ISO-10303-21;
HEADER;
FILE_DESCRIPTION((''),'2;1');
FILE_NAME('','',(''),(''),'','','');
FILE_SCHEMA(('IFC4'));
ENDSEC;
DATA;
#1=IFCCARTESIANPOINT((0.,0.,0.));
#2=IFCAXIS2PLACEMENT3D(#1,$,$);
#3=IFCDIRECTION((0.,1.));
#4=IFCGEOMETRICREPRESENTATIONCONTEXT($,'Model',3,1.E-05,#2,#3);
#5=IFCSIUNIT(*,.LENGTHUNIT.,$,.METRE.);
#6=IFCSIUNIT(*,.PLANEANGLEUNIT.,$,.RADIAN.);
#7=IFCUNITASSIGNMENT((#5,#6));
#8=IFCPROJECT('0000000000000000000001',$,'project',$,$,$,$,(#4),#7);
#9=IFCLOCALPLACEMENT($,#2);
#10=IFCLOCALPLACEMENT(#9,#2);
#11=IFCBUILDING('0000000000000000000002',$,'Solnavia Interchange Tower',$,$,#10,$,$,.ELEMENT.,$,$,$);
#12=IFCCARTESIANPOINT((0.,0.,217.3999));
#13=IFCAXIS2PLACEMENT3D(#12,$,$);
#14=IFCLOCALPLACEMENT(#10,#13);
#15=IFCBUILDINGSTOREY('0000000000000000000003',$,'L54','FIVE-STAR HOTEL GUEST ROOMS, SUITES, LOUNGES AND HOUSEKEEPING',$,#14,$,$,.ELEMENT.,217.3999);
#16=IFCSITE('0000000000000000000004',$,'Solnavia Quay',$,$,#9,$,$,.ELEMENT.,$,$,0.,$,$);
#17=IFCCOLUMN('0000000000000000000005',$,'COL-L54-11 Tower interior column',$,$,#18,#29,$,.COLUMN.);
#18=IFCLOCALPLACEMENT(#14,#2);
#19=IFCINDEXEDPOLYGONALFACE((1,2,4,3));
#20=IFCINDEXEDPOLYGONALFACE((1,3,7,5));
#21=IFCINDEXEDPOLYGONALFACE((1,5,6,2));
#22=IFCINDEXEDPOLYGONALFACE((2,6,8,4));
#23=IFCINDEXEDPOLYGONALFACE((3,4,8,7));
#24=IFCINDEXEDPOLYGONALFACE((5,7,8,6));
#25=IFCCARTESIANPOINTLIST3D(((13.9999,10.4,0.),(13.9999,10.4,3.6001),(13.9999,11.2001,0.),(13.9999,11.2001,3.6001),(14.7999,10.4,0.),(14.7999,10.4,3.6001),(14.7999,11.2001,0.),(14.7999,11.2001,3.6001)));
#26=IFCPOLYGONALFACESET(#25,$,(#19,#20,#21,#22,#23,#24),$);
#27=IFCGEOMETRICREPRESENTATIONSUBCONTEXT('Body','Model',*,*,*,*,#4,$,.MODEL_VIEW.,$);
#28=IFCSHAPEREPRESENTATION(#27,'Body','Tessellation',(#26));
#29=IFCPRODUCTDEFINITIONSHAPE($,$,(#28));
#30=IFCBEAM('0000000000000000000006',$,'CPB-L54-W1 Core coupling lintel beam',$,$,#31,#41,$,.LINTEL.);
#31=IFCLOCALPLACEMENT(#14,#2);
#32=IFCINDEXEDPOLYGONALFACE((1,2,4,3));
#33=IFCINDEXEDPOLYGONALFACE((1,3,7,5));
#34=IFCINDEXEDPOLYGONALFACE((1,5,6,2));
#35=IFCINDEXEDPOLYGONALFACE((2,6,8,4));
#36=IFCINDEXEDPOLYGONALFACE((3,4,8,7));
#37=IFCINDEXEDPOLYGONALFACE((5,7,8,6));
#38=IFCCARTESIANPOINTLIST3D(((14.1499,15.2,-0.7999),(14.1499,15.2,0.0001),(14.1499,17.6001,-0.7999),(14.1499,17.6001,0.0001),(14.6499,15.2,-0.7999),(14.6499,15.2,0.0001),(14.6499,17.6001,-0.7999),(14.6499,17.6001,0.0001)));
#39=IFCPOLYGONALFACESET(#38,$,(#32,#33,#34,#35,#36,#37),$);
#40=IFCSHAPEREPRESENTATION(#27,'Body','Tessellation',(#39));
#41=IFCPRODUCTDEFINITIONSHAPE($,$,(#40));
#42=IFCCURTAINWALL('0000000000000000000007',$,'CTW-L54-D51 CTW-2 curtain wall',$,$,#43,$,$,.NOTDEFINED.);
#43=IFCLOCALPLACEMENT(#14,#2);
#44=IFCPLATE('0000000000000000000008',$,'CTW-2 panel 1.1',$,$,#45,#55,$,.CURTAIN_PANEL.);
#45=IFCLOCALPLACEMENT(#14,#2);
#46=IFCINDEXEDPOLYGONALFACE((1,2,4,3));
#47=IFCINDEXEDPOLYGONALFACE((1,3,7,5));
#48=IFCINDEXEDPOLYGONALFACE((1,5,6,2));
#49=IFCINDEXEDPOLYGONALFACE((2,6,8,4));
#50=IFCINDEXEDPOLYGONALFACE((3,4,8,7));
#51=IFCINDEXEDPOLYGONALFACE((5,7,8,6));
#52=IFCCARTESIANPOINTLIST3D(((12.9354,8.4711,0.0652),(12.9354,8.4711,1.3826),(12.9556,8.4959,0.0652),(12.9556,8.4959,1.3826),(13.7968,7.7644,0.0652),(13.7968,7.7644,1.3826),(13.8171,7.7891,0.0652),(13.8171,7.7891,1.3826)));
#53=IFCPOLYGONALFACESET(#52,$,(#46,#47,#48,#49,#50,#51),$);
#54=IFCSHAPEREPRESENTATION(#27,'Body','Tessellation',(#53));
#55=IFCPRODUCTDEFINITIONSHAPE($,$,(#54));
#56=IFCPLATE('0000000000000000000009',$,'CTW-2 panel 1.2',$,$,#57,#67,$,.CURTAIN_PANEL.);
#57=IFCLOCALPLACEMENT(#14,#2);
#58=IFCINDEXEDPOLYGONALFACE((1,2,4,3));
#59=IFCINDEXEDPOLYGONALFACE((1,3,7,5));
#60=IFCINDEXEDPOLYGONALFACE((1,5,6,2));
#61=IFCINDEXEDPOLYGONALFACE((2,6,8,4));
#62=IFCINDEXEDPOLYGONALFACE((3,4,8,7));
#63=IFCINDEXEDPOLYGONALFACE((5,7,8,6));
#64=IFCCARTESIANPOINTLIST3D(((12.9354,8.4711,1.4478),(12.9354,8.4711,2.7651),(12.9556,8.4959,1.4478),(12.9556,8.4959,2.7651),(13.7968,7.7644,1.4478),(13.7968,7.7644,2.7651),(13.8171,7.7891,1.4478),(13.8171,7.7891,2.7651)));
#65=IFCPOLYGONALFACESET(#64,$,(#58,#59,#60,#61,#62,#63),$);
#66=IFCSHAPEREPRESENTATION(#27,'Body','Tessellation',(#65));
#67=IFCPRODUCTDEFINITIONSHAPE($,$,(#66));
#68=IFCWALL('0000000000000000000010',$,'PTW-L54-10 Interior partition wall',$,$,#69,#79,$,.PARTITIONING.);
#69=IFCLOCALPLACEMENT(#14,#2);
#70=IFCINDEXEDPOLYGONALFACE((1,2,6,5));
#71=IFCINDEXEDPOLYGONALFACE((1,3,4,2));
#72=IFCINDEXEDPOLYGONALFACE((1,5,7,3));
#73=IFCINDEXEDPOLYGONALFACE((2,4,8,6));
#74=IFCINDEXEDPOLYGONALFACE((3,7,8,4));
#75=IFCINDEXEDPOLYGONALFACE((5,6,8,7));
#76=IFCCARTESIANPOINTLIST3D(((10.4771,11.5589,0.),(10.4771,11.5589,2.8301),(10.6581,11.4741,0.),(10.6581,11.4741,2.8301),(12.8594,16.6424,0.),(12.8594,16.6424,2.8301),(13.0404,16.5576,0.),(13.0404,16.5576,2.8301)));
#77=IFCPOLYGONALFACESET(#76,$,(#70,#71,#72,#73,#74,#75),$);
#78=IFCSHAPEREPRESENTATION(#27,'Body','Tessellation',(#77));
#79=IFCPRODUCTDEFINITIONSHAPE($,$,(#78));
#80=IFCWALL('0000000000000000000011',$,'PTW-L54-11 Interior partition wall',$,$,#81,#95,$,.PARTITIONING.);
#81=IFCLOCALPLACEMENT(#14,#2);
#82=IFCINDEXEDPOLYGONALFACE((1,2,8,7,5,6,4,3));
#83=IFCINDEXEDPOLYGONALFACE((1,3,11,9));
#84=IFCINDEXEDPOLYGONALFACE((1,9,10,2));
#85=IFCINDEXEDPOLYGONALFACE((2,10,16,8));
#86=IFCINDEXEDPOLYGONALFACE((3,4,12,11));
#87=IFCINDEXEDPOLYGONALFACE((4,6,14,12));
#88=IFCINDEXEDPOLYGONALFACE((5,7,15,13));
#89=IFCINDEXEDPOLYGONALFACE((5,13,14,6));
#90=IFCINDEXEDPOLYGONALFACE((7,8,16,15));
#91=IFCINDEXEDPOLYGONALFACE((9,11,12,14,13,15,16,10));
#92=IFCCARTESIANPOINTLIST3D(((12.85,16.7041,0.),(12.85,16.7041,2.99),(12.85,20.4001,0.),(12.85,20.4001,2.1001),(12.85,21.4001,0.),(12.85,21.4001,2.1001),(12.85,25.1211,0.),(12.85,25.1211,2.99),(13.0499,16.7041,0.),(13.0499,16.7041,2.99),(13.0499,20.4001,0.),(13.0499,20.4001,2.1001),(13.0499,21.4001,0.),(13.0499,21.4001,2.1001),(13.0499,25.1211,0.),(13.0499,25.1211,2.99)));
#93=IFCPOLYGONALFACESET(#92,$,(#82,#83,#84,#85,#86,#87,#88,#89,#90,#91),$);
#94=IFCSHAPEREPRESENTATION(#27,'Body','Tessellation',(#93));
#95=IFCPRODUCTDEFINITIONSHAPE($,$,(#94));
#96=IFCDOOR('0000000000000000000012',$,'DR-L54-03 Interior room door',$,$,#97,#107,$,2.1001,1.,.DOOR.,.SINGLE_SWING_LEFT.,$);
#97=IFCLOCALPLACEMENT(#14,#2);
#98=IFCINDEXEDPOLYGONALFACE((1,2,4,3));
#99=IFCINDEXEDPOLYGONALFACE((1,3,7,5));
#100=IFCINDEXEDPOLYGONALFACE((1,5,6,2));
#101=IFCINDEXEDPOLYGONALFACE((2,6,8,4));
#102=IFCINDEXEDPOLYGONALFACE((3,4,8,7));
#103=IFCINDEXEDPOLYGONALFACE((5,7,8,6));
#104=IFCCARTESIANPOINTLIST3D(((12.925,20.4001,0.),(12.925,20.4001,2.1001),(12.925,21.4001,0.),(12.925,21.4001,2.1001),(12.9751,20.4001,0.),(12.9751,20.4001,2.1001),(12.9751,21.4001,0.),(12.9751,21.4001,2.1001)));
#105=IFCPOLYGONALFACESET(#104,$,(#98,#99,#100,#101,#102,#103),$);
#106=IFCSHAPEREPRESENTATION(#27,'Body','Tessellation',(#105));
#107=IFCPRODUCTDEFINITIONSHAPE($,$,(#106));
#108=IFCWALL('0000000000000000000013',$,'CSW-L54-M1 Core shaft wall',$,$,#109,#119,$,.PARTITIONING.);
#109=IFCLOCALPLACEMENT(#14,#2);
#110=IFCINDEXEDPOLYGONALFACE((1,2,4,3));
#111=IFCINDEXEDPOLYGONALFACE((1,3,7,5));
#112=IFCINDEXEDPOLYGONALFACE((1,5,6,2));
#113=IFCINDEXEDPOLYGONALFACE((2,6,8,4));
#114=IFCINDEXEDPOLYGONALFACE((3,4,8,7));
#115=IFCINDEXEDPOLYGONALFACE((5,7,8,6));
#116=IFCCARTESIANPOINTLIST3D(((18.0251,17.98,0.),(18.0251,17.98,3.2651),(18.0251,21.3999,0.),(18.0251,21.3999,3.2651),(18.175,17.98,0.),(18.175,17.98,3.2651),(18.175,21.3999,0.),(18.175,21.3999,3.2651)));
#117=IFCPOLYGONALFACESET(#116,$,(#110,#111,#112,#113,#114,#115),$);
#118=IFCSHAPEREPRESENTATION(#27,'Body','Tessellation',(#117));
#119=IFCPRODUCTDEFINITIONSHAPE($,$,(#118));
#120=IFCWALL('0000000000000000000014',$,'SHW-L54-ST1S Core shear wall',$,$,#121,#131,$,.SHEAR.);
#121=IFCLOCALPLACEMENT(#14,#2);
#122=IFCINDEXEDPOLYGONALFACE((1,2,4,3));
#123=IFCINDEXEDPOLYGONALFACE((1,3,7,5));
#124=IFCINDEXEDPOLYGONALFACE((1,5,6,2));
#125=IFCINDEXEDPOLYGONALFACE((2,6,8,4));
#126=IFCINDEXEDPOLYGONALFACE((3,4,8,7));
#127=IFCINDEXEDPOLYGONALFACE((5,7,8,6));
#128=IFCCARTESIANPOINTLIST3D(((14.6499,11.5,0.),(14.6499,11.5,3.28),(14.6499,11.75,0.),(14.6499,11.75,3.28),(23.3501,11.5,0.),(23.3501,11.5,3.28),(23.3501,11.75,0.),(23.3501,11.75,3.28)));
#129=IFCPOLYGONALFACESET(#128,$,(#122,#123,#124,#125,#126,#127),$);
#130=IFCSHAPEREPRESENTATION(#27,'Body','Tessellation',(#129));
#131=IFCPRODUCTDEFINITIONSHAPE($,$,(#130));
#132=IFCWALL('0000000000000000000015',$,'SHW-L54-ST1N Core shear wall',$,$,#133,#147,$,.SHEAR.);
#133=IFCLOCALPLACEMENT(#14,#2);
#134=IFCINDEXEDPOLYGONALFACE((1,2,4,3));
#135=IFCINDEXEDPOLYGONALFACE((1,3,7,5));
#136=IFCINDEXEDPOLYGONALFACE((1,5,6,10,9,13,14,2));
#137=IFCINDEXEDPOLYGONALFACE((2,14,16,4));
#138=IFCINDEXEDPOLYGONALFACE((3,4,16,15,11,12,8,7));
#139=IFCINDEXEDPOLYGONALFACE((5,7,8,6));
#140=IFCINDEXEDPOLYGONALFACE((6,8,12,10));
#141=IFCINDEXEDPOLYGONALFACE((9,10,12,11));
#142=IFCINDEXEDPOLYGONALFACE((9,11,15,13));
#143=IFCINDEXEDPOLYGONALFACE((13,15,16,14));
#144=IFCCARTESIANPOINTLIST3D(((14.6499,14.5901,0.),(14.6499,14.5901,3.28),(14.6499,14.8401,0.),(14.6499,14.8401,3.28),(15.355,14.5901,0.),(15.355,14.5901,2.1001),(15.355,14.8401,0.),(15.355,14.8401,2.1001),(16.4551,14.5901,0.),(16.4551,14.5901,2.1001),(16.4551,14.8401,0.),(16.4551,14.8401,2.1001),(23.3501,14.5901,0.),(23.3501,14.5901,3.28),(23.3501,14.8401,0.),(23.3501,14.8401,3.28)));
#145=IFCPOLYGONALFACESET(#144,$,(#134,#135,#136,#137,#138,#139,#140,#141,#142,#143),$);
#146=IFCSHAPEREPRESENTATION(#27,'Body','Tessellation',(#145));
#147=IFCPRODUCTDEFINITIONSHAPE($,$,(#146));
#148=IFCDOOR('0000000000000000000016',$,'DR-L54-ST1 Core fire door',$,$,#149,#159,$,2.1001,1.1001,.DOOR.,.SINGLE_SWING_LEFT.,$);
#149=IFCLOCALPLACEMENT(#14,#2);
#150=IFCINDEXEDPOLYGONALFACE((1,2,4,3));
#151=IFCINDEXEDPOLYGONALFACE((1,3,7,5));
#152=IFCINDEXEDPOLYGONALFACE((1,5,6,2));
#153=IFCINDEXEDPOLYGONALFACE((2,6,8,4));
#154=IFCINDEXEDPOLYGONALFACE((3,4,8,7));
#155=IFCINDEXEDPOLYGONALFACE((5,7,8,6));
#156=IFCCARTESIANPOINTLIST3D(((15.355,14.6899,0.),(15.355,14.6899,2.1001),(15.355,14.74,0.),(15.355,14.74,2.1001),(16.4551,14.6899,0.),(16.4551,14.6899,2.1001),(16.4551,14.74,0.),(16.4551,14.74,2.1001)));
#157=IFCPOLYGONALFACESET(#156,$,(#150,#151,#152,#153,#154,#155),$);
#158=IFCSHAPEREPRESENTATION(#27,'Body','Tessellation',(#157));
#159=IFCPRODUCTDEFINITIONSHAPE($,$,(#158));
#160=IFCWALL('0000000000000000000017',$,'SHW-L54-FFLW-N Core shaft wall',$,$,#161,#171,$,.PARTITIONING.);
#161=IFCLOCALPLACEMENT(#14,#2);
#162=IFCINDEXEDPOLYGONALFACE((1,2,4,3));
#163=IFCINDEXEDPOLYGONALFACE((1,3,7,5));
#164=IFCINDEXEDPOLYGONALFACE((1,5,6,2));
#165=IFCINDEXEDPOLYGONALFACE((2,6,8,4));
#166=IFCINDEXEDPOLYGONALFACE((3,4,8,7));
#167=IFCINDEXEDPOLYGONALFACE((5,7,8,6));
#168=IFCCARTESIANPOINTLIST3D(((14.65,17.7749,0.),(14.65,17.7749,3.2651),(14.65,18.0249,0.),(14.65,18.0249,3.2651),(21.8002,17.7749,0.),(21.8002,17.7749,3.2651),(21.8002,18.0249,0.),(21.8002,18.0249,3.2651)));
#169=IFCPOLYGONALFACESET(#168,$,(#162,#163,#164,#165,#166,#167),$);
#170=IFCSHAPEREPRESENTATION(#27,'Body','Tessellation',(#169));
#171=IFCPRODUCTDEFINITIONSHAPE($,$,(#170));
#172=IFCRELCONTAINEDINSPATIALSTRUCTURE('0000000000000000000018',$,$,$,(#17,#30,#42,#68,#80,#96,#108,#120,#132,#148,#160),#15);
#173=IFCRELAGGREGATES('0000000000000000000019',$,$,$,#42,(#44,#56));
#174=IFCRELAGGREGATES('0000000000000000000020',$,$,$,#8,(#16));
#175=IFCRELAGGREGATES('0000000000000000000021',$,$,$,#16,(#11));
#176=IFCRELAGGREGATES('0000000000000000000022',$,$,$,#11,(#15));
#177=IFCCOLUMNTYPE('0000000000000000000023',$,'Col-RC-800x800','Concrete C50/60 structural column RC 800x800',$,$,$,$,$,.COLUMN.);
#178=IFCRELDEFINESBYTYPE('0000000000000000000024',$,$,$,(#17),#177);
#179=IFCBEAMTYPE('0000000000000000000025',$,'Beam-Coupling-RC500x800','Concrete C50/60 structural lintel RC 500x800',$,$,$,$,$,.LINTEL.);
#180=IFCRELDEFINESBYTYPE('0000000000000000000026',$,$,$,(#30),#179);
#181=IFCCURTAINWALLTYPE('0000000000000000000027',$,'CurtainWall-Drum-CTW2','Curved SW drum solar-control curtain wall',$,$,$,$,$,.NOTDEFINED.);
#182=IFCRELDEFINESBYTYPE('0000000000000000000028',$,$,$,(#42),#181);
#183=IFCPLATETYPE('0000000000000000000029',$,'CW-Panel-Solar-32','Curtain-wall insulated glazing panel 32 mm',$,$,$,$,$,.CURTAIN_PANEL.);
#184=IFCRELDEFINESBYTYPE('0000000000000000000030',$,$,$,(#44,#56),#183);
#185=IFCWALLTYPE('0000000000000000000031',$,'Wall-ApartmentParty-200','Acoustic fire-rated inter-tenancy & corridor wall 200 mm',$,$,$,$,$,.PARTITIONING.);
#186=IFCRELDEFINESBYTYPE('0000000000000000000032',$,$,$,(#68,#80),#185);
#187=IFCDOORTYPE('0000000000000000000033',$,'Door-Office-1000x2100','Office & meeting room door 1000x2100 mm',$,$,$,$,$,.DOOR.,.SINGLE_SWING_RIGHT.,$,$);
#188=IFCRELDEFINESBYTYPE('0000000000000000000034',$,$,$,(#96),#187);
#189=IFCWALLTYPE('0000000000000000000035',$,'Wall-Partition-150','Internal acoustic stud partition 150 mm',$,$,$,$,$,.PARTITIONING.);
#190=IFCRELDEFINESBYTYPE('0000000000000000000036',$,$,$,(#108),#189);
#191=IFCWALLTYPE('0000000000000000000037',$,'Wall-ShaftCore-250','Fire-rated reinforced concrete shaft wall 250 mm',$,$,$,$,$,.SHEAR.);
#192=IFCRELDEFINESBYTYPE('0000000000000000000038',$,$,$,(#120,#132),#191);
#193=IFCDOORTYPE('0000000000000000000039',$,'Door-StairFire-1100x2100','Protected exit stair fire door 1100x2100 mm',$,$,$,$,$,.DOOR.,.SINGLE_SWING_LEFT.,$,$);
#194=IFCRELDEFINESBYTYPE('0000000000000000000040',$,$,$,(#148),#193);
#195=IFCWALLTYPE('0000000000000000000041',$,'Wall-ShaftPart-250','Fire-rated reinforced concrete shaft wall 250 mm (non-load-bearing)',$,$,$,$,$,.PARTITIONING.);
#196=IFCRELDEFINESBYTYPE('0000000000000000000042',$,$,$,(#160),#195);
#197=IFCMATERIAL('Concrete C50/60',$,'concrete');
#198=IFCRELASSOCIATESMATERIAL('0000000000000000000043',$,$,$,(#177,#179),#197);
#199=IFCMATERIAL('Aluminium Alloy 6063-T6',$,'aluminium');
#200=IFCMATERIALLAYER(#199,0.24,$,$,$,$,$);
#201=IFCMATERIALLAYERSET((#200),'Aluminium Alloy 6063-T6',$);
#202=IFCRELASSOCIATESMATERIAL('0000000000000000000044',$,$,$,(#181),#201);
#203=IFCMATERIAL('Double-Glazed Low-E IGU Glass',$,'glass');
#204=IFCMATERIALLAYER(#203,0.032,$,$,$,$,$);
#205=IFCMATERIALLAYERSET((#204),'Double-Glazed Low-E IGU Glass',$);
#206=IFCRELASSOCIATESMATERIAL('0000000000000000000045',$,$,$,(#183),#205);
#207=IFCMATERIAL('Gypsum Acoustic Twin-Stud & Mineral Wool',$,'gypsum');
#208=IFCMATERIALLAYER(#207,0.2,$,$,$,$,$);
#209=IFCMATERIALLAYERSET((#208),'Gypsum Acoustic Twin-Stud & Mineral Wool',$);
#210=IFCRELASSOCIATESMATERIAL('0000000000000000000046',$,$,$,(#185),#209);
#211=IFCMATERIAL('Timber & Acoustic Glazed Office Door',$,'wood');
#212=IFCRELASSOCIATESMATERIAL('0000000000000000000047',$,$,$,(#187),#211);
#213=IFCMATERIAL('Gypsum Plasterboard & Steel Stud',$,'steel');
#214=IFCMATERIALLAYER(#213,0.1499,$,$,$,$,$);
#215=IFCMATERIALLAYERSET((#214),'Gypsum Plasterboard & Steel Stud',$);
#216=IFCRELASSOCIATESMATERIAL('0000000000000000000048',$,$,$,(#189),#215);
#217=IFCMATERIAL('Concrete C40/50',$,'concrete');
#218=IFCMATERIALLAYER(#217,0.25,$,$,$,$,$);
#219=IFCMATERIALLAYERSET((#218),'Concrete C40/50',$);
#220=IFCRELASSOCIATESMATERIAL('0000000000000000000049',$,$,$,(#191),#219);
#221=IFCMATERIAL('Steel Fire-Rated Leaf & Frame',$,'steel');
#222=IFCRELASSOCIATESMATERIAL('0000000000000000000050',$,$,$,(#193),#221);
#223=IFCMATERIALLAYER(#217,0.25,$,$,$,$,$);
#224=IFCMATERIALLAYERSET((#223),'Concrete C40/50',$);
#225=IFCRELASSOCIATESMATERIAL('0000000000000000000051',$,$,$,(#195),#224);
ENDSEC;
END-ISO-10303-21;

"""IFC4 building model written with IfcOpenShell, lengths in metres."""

from ifc_helpers import new_model, si_unit, direction, frame, frame_2d, origin, origin_2d, place, context, subcontext, project, spatial, rectangle, extrude, material, layer, layer_set, material_profile, profile_set, type_object, element, fill, aggregate, save


model = new_model("IFC4")

# Units and contexts
model_context = context("Model", 3, precision=1e-05, world=origin(), true_north=direction((0.0, 1.0)))
body_context = subcontext(model_context, "Body", "Model", "MODEL_VIEW")
ifc_project = project(units=[si_unit("LENGTHUNIT", "METRE"), si_unit("PLANEANGLEUNIT", "RADIAN")], contexts=[model_context])

# Site, building, storey
site_placement = place(None, origin())
site = spatial("IfcSite", under=ifc_project, at=site_placement, Name="Solnavia Quay", CompositionType="ELEMENT", RefElevation=0.0)
building_placement = place(site_placement, origin())
building = spatial("IfcBuilding", under=site, at=building_placement, Name="Solnavia Interchange Tower", CompositionType="ELEMENT")
storey_placement = place(building_placement, frame((0.0, 0.0, 217.3999)))
storey = spatial("IfcBuildingStorey", under=building, at=storey_placement, Name="L54", Description="FIVE-STAR HOTEL GUEST ROOMS, SUITES, LOUNGES AND HOUSEKEEPING", CompositionType="ELEMENT", Elevation=217.3999)

# Column
ifc_material_1 = material(Name="Concrete C50/60", Category="concrete")
ifc_material_profile_1 = material_profile(ifc_material_1, rectangle(XDim=0.8, YDim=0.8, at=origin_2d()), Name="RC 800x800")
ifc_profile_set_1 = profile_set([ifc_material_profile_1], Name="Concrete C50/60")
column_type = type_object("IfcColumnType", Name="Col-RC-800x800", Description="Concrete C50/60 structural column RC 800x800", PredefinedType="COLUMN", material=ifc_profile_set_1)
column_placement = place(storey_placement, frame((14.3999, 10.8, 0.0), z_axis=(0.0, 0.0, 1.0), x_axis=(1.0, 0.0, 0.0)))
element("IfcColumn", 1, at=column_placement, inside=storey, type_object=column_type, Name="COL-L54-11 Tower interior column", PredefinedType="COLUMN", context=body_context, shape_type="SweptSolid", body=[
    extrude(rectangle(XDim=0.8, YDim=0.8, at=origin_2d()), origin(), (0.0, 0.0, 1.0), 3.6001),
])

# Beam
ifc_material_profile_2 = material_profile(ifc_material_1, rectangle(XDim=0.5, YDim=0.8, at=origin_2d()), Name="RC 500x800")
ifc_profile_set_2 = profile_set([ifc_material_profile_2], Name="Concrete C50/60")
beam_type = type_object("IfcBeamType", Name="Beam-Coupling-RC500x800", Description="Concrete C50/60 structural lintel RC 500x800", PredefinedType="LINTEL", material=ifc_profile_set_2)
beam_placement = place(storey_placement, frame((14.3999, 15.2, -0.3999), z_axis=(0.0, 1.0, 0.0), x_axis=(-1.0, 0.0, 0.0)))
element("IfcBeam", 2, at=beam_placement, inside=storey, type_object=beam_type, Name="CPB-L54-W1 Core coupling lintel beam", PredefinedType="LINTEL", context=body_context, shape_type="SweptSolid", body=[
    extrude(rectangle(XDim=0.5, YDim=0.8, at=origin_2d()), origin(), (0.0, 0.0, 1.0), 2.4001),
])

# Curtain wall, plates
ifc_material_2 = material(Name="Aluminium Alloy 6063-T6", Category="aluminium")
ifc_layer_1 = layer(ifc_material_2, 0.24)
ifc_layer_set_1 = layer_set([ifc_layer_1], Name="Aluminium Alloy 6063-T6")
curtain_wall_type = type_object("IfcCurtainWallType", Name="CurtainWall-Drum-CTW2", Description="Curved SW drum solar-control curtain wall", PredefinedType="NOTDEFINED", material=ifc_layer_set_1)
curtain_wall_placement = place(storey_placement, origin())
curtain_wall = element("IfcCurtainWall", 3, at=curtain_wall_placement, inside=storey, type_object=curtain_wall_type, Name="CTW-L54-D51 CTW-2 curtain wall", PredefinedType="NOTDEFINED")
ifc_material_3 = material(Name="Double-Glazed Low-E IGU Glass", Category="glass")
ifc_layer_2 = layer(ifc_material_3, 0.032)
ifc_layer_set_2 = layer_set([ifc_layer_2], Name="Double-Glazed Low-E IGU Glass")
plate_type = type_object("IfcPlateType", Name="CW-Panel-Solar-32", Description="Curtain-wall insulated glazing panel 32 mm", PredefinedType="CURTAIN_PANEL", material=ifc_layer_set_2)
plate_1_placement = place(storey_placement, frame((13.3762, 8.1301, 0.0652), z_axis=(0.0, 0.0, 1.0), x_axis=(0.773103, -0.63428, 0.0)))
plate_1 = element("IfcPlate", 4, at=plate_1_placement, type_object=plate_type, Name="CTW-2 panel 1.1", PredefinedType="CURTAIN_PANEL", context=body_context, shape_type="SweptSolid", body=[
    extrude(rectangle(XDim=1.1143, YDim=0.032, at=origin_2d()), origin(), (0.0, 0.0, 1.0), 1.3174),
])
plate_2_placement = place(storey_placement, frame((13.3762, 8.1301, 1.4478), z_axis=(0.0, 0.0, 1.0), x_axis=(0.773103, -0.63428, 0.0)))
plate_2 = element("IfcPlate", 5, at=plate_2_placement, type_object=plate_type, Name="CTW-2 panel 1.2", PredefinedType="CURTAIN_PANEL", context=body_context, shape_type="SweptSolid", body=[
    extrude(rectangle(XDim=1.1143, YDim=0.032, at=origin_2d()), origin(), (0.0, 0.0, 1.0), 1.3174),
])
aggregate(curtain_wall, [plate_1, plate_2])

# Wall
ifc_material_4 = material(Name="Gypsum Acoustic Twin-Stud & Mineral Wool", Category="gypsum")
ifc_layer_3 = layer(ifc_material_4, 0.2)
ifc_layer_set_3 = layer_set([ifc_layer_3], Name="Gypsum Acoustic Twin-Stud & Mineral Wool")
wall_type_1 = type_object("IfcWallType", Name="Wall-ApartmentParty-200", Description="Acoustic fire-rated inter-tenancy & corridor wall 200 mm", PredefinedType="PARTITIONING", material=ifc_layer_set_3)
wall_1_placement = place(storey_placement, frame((12.95, 16.6001, 0.0), z_axis=(0.0, 0.0, 1.0), x_axis=(-0.424351, -0.905498, 0.0)))
element("IfcWall", 6, at=wall_1_placement, inside=storey, type_object=wall_type_1, Name="PTW-L54-10 Interior partition wall", PredefinedType="PARTITIONING", context=body_context, shape_type="SweptSolid", body=[
    extrude(rectangle(XDim=5.614, YDim=0.2, at=frame_2d((2.8071, 0.0))), origin(), (0.0, 0.0, 1.0), 2.8301),
])

# Wall, opening, door
wall_2_placement = place(storey_placement, frame((12.95, 16.7041, 0.0), z_axis=(0.0, 0.0, 1.0), x_axis=(0.0, 1.0, 0.0)))
wall_2 = element("IfcWall", 7, at=wall_2_placement, inside=storey, type_object=wall_type_1, Name="PTW-L54-11 Interior partition wall", PredefinedType="PARTITIONING", context=body_context, shape_type="SweptSolid", body=[
    extrude(rectangle(XDim=8.417, YDim=0.2, at=frame_2d((4.2085, 0.0))), origin(), (0.0, 0.0, 1.0), 2.99),
])
opening_1_placement = place(wall_2_placement, frame((3.696, 0.0, 0.0)))
opening_1 = element("IfcOpeningElement", 8, at=opening_1_placement, cuts=wall_2, PredefinedType="OPENING", context=body_context, shape_type="SweptSolid", body=[
    extrude(rectangle(XDim=1.0, YDim=2.1001, at=frame_2d((0.5, 1.05))), frame((0.0, 0.1099, 0.0), z_axis=(0.0, -1.0, 0.0), x_axis=(1.0, 0.0, 0.0)), (0.0, 0.0, 1.0), 0.22),
])
ifc_material_5 = material(Name="Timber & Acoustic Glazed Office Door", Category="wood")
door_type_1 = type_object("IfcDoorType", Name="Door-Office-1000x2100", Description="Office & meeting room door 1000x2100 mm", OperationType="SINGLE_SWING_RIGHT", PredefinedType="DOOR", material=ifc_material_5)
door_1_placement = place(opening_1_placement, origin())
door_1 = element("IfcDoor", 9, at=door_1_placement, inside=storey, type_object=door_type_1, Name="DR-L54-03 Interior room door", OperationType="SINGLE_SWING_LEFT", OverallHeight=2.1001, OverallWidth=1.0, PredefinedType="DOOR", context=body_context, shape_type="SweptSolid", body=[
    extrude(rectangle(XDim=1.0, YDim=2.1001, at=frame_2d((0.5, 1.05))), frame((0.0, 0.0249, 0.0), z_axis=(0.0, -1.0, 0.0), x_axis=(1.0, 0.0, 0.0)), (0.0, 0.0, 1.0), 0.05),
])
fill(opening_1, door_1)

# Walls
ifc_material_6 = material(Name="Gypsum Plasterboard & Steel Stud", Category="steel")
ifc_layer_4 = layer(ifc_material_6, 0.1499)
ifc_layer_set_4 = layer_set([ifc_layer_4], Name="Gypsum Plasterboard & Steel Stud")
wall_type_2 = type_object("IfcWallType", Name="Wall-Partition-150", Description="Internal acoustic stud partition 150 mm", PredefinedType="PARTITIONING", material=ifc_layer_set_4)
wall_3_placement = place(storey_placement, frame((18.1001, 17.98, 0.0), z_axis=(0.0, 0.0, 1.0), x_axis=(0.0, 1.0, 0.0)))
element("IfcWall", 10, at=wall_3_placement, inside=storey, type_object=wall_type_2, Name="CSW-L54-M1 Core shaft wall", PredefinedType="PARTITIONING", context=body_context, shape_type="SweptSolid", body=[
    extrude(rectangle(XDim=3.4199, YDim=0.1499, at=frame_2d((1.71, 0.0))), origin(), (0.0, 0.0, 1.0), 3.2651),
])
ifc_material_7 = material(Name="Concrete C40/50", Category="concrete")
ifc_layer_5 = layer(ifc_material_7, 0.25)
ifc_layer_set_5 = layer_set([ifc_layer_5], Name="Concrete C40/50")
wall_type_3 = type_object("IfcWallType", Name="Wall-ShaftCore-250", Description="Fire-rated reinforced concrete shaft wall 250 mm", PredefinedType="SHEAR", material=ifc_layer_set_5)
wall_4_placement = place(storey_placement, frame((14.6499, 11.625, 0.0), z_axis=(0.0, 0.0, 1.0), x_axis=(1.0, 0.0, 0.0)))
element("IfcWall", 11, at=wall_4_placement, inside=storey, type_object=wall_type_3, Name="SHW-L54-ST1S Core shear wall", PredefinedType="SHEAR", context=body_context, shape_type="SweptSolid", body=[
    extrude(rectangle(XDim=8.7002, YDim=0.25, at=frame_2d((4.3501, 0.0))), origin(), (0.0, 0.0, 1.0), 3.28),
])

# Wall, opening, door
wall_5_placement = place(storey_placement, frame((14.6499, 14.7151, 0.0), z_axis=(0.0, 0.0, 1.0), x_axis=(1.0, 0.0, 0.0)))
wall_5 = element("IfcWall", 12, at=wall_5_placement, inside=storey, type_object=wall_type_3, Name="SHW-L54-ST1N Core shear wall", PredefinedType="SHEAR", context=body_context, shape_type="SweptSolid", body=[
    extrude(rectangle(XDim=8.7002, YDim=0.25, at=frame_2d((4.3501, 0.0))), origin(), (0.0, 0.0, 1.0), 3.28),
])
opening_2_placement = place(wall_5_placement, frame((0.7051, 0.0, 0.0)))
opening_2 = element("IfcOpeningElement", 13, at=opening_2_placement, cuts=wall_5, PredefinedType="OPENING", context=body_context, shape_type="SweptSolid", body=[
    extrude(rectangle(XDim=1.1001, YDim=2.1001, at=frame_2d((0.55, 1.05))), frame((0.0, 0.135, 0.0), z_axis=(0.0, -1.0, 0.0), x_axis=(1.0, 0.0, 0.0)), (0.0, 0.0, 1.0), 0.27),
])
ifc_material_8 = material(Name="Steel Fire-Rated Leaf & Frame", Category="steel")
door_type_2 = type_object("IfcDoorType", Name="Door-StairFire-1100x2100", Description="Protected exit stair fire door 1100x2100 mm", OperationType="SINGLE_SWING_LEFT", PredefinedType="DOOR", material=ifc_material_8)
door_2_placement = place(opening_2_placement, origin())
door_2 = element("IfcDoor", 14, at=door_2_placement, inside=storey, type_object=door_type_2, Name="DR-L54-ST1 Core fire door", OperationType="SINGLE_SWING_LEFT", OverallHeight=2.1001, OverallWidth=1.1001, PredefinedType="DOOR", context=body_context, shape_type="SweptSolid", body=[
    extrude(rectangle(XDim=1.1001, YDim=2.1001, at=frame_2d((0.55, 1.05))), frame((0.0, 0.0249, 0.0), z_axis=(0.0, -1.0, 0.0), x_axis=(1.0, 0.0, 0.0)), (0.0, 0.0, 1.0), 0.05),
])
fill(opening_2, door_2)

# Wall
ifc_layer_6 = layer(ifc_material_7, 0.25)
ifc_layer_set_6 = layer_set([ifc_layer_6], Name="Concrete C40/50")
wall_type_4 = type_object("IfcWallType", Name="Wall-ShaftPart-250", Description="Fire-rated reinforced concrete shaft wall 250 mm (non-load-bearing)", PredefinedType="PARTITIONING", material=ifc_layer_set_6)
wall_6_placement = place(storey_placement, frame((14.6499, 17.8999, 0.0), z_axis=(0.0, 0.0, 1.0), x_axis=(1.0, 0.0, 0.0)))
element("IfcWall", 15, at=wall_6_placement, inside=storey, type_object=wall_type_4, Name="SHW-L54-FFLW-N Core shaft wall", PredefinedType="PARTITIONING", context=body_context, shape_type="SweptSolid", body=[
    extrude(rectangle(XDim=7.1501, YDim=0.25, at=frame_2d((3.5752, 0.0))), origin(), (0.0, 0.0, 1.0), 3.2651),
])

save(model, "model.ifc")
